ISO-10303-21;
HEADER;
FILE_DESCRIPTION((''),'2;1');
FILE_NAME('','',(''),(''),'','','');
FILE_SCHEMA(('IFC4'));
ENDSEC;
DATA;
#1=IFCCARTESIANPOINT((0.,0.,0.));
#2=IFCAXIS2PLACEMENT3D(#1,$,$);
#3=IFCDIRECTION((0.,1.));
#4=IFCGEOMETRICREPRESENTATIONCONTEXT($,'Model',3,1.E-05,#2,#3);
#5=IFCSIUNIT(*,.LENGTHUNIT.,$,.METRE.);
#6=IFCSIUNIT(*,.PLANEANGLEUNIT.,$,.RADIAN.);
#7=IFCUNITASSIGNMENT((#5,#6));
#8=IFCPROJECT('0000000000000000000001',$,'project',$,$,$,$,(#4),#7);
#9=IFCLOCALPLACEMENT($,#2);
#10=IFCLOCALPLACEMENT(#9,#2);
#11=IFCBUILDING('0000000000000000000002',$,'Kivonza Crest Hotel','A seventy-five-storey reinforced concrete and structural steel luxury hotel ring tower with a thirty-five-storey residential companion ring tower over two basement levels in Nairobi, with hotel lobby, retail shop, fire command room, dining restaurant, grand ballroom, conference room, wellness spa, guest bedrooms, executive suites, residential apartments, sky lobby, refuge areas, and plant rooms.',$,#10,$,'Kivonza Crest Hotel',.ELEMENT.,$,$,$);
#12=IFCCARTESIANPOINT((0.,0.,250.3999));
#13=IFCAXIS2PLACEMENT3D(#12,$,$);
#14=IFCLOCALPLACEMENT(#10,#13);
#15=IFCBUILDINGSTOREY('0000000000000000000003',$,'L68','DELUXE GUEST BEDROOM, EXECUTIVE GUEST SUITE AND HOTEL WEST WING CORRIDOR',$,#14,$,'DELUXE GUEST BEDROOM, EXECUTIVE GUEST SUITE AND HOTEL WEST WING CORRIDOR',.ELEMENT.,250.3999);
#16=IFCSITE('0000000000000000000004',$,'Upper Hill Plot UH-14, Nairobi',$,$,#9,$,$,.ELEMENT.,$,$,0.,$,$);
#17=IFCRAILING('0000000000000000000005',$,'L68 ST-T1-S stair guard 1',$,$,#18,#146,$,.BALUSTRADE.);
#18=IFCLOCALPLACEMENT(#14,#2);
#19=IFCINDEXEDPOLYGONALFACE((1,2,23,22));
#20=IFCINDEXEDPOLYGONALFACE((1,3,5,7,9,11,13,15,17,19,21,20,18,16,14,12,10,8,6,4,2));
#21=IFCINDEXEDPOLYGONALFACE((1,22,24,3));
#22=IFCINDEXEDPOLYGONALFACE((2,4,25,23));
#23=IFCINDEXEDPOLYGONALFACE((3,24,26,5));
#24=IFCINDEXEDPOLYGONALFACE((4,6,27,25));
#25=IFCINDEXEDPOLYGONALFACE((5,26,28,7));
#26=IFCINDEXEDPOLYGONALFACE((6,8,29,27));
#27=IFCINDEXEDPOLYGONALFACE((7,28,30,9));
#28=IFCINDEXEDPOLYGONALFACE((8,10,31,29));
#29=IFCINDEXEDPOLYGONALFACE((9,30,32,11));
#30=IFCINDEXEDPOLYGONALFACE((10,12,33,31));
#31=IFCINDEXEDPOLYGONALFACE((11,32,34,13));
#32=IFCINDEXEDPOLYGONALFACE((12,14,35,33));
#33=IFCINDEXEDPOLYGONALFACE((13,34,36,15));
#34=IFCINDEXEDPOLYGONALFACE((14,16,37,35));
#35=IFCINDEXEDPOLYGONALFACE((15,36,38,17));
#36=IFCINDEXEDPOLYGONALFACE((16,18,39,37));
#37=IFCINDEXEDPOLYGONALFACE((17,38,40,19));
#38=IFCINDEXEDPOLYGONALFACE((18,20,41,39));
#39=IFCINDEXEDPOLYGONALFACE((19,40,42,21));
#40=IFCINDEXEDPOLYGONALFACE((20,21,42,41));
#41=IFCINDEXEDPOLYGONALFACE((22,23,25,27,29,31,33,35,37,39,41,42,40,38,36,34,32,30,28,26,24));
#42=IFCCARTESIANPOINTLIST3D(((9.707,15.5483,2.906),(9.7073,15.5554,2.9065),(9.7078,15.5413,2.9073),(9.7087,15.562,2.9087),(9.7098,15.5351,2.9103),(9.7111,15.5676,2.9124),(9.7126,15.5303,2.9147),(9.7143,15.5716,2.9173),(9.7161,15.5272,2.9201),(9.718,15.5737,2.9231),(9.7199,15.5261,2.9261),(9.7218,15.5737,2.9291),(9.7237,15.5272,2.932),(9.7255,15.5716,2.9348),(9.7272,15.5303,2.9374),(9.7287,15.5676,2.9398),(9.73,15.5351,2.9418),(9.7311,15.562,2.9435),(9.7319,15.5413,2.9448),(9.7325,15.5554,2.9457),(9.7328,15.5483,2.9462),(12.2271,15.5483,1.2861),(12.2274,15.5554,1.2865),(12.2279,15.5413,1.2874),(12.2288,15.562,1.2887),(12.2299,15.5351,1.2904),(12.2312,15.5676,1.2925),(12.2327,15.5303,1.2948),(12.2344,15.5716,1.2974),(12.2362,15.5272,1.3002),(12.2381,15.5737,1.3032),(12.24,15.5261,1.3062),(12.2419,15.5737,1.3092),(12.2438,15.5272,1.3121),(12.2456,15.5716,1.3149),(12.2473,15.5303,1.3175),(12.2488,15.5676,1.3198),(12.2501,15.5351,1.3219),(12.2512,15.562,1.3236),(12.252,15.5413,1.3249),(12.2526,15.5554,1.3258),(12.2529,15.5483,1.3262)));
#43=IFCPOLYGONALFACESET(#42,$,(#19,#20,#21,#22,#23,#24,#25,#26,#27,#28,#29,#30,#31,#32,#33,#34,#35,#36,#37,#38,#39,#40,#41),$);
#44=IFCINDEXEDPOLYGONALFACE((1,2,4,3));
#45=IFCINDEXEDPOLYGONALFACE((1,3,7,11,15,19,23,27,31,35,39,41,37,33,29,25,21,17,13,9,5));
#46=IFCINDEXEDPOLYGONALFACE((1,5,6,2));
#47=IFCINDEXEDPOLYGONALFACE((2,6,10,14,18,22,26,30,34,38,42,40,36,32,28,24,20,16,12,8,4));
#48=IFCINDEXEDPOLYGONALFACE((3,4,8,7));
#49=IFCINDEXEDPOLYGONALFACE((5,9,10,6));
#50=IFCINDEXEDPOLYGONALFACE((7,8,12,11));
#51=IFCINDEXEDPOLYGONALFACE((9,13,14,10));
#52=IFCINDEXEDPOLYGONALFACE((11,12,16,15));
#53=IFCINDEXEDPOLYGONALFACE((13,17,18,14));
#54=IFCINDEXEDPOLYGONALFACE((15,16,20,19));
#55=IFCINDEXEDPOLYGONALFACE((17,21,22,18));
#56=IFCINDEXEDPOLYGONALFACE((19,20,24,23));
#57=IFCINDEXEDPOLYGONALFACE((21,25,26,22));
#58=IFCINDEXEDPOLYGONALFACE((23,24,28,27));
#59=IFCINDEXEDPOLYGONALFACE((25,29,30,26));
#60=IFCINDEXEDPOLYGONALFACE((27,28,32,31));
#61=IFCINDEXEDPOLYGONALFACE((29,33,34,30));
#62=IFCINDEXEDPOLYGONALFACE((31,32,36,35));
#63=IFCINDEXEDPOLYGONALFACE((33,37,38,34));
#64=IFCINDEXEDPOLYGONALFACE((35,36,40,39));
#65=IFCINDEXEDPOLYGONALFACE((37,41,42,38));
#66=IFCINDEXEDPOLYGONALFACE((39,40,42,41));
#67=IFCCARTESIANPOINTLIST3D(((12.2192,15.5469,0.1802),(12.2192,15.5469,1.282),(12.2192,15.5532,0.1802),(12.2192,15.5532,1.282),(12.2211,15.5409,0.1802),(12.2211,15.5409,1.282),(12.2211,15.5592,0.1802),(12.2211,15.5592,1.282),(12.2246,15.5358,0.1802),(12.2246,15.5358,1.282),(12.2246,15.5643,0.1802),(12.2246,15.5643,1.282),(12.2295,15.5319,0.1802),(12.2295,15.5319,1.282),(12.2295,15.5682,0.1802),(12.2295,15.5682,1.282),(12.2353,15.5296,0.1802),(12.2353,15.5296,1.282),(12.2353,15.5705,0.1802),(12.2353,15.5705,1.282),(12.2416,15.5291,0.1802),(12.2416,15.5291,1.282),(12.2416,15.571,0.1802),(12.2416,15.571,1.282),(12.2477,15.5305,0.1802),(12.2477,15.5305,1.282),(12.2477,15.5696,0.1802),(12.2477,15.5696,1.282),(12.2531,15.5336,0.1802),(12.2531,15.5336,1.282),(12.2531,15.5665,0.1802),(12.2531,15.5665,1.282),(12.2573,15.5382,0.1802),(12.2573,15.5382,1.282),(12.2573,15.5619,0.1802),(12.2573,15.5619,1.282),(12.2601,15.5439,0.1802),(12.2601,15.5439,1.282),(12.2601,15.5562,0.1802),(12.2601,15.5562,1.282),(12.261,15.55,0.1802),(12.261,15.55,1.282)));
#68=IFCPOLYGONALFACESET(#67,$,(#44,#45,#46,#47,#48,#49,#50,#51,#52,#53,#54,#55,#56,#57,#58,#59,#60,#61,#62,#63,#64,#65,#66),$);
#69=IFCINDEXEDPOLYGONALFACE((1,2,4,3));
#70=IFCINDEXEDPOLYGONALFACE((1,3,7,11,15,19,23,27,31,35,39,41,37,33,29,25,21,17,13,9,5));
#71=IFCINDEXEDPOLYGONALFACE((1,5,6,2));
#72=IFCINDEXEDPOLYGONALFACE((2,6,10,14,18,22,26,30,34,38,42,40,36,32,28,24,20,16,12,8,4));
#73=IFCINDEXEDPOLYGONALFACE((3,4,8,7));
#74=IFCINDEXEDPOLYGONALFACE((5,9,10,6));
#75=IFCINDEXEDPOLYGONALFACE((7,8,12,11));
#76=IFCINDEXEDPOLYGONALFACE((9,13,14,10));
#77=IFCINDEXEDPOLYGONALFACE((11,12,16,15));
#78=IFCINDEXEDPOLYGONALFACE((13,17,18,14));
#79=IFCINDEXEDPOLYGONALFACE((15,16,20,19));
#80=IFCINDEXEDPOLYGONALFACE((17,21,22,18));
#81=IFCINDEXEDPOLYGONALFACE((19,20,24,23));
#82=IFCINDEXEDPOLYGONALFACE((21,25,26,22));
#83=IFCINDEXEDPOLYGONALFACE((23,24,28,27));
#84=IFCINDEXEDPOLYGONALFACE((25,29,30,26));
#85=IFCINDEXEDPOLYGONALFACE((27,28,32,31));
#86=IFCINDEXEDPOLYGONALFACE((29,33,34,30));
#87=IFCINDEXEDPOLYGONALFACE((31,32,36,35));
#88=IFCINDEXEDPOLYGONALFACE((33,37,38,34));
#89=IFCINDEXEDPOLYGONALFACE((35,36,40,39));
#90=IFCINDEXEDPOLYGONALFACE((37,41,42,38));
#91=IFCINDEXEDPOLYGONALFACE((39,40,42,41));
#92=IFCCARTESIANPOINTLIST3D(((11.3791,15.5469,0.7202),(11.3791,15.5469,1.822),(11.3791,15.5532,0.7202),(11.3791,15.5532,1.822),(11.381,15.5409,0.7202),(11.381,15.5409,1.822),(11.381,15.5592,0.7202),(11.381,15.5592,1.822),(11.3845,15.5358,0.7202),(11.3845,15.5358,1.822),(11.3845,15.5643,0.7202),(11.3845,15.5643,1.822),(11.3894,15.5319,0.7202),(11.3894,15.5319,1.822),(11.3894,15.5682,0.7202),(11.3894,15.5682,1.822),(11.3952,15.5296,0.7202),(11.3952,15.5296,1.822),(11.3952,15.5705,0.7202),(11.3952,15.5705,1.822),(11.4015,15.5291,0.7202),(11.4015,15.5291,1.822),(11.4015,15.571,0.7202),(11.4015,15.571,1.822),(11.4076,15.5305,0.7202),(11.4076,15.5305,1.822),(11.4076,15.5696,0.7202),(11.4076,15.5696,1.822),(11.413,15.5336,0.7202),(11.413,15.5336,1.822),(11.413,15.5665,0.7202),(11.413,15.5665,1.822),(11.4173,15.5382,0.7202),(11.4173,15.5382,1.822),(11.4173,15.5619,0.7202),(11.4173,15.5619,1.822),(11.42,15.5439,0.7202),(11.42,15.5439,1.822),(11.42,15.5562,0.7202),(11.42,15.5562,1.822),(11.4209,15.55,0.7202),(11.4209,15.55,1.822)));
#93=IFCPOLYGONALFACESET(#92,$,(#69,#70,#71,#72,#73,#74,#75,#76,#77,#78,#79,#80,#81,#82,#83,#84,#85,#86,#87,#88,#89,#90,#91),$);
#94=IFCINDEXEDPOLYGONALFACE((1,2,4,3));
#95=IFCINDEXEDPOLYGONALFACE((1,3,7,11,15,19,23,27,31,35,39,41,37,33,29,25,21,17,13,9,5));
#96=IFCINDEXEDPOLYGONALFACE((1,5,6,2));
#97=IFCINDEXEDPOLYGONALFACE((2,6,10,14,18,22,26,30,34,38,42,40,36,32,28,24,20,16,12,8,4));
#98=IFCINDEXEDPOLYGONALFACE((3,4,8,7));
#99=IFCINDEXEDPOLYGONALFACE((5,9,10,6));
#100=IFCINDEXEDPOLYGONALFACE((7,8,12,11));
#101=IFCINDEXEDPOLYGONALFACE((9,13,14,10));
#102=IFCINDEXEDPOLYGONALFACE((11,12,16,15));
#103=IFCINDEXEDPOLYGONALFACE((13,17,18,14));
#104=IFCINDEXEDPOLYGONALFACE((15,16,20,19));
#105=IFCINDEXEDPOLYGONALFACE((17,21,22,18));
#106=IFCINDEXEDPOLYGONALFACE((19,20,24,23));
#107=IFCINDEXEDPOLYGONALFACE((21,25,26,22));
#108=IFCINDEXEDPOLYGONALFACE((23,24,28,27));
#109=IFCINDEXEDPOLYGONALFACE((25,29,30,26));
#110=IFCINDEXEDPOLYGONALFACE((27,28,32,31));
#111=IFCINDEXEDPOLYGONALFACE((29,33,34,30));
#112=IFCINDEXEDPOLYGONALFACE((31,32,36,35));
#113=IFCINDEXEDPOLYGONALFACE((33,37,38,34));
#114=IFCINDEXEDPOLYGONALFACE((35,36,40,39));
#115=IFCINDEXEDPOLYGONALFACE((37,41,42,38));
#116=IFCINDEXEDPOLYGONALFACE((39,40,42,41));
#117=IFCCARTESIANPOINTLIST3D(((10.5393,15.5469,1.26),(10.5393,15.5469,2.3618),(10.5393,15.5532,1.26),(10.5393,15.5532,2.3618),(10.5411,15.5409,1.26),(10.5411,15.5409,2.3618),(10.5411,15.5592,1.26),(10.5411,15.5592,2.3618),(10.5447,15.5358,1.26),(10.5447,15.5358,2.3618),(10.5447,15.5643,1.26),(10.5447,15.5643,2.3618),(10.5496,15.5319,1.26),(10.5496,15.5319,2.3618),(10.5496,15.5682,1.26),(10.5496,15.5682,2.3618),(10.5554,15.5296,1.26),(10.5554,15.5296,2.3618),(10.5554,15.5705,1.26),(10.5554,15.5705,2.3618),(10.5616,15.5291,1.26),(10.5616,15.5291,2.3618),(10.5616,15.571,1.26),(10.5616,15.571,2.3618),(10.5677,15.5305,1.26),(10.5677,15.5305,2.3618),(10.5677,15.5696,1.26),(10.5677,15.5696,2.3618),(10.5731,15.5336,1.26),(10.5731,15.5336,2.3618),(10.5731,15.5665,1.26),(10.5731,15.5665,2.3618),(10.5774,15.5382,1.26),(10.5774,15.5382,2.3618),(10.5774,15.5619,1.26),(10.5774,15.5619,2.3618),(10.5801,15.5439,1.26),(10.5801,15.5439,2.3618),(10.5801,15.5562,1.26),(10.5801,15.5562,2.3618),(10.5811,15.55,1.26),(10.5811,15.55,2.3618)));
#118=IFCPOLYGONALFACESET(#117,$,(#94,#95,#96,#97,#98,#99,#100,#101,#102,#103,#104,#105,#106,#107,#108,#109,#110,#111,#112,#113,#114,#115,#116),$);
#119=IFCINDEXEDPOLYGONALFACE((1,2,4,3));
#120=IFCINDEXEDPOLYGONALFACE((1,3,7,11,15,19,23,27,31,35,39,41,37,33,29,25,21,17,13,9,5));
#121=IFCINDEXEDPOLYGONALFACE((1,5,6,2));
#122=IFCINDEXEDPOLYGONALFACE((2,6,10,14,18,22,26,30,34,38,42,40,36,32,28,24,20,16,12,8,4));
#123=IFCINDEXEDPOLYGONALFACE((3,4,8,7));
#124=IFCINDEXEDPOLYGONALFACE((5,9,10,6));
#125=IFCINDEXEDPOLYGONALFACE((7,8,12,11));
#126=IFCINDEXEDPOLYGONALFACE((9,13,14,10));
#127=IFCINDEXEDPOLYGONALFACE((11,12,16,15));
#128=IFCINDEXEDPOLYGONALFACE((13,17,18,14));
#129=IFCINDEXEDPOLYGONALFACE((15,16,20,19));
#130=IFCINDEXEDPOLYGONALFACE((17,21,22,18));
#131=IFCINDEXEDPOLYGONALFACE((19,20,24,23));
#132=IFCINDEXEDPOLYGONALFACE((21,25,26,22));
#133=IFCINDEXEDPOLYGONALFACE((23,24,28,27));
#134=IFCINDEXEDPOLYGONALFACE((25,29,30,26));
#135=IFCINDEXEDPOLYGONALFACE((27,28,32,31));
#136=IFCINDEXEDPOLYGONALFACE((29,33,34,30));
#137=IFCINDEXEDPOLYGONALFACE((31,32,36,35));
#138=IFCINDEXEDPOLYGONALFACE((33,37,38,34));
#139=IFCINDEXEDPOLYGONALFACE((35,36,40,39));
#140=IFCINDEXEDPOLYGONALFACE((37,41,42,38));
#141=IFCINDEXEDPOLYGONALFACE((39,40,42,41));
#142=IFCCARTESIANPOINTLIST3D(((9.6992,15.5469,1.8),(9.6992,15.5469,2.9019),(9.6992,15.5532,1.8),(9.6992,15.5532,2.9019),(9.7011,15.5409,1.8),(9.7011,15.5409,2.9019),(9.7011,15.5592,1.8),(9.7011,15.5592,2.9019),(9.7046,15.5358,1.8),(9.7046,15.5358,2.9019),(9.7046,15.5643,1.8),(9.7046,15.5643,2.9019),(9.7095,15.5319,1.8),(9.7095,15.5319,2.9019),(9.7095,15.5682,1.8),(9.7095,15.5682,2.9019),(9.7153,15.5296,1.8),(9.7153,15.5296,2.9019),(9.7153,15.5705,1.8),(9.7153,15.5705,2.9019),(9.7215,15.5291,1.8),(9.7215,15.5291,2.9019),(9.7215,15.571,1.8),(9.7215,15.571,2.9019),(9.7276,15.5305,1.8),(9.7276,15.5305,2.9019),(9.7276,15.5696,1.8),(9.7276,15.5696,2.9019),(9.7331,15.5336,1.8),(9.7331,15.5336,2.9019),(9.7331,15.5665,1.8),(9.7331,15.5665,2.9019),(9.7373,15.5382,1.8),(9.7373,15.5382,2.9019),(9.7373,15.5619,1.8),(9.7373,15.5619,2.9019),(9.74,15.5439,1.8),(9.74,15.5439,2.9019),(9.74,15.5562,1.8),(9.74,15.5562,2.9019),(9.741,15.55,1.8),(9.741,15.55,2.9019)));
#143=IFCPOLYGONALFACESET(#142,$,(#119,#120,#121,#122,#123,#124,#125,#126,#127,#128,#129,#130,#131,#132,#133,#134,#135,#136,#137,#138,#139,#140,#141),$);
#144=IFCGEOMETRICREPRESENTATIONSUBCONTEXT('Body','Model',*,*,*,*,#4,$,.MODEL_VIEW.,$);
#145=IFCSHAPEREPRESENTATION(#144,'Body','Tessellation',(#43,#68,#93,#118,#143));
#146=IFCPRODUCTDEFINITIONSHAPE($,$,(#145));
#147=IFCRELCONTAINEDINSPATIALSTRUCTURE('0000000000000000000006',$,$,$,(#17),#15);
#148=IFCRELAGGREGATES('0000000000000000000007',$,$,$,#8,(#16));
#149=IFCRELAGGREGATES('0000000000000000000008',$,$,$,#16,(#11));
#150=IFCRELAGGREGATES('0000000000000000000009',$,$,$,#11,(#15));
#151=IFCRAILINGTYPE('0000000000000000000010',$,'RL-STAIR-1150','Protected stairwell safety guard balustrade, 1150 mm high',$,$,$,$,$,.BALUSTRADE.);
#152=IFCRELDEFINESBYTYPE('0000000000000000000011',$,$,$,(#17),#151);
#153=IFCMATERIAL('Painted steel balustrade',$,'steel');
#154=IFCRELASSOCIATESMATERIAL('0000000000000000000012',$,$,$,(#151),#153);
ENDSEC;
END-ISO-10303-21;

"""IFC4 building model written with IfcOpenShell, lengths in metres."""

from ifc_helpers import new_model, si_unit, direction, frame, origin, origin_2d, place, context, subcontext, project, spatial, circle, extrude, material, type_object, element, save


model = new_model("IFC4")

# Units and contexts
model_context = context("Model", 3, precision=1e-05, world=origin(), true_north=direction((0.0, 1.0)))
body_context = subcontext(model_context, "Body", "Model", "MODEL_VIEW")
ifc_project = project(units=[si_unit("LENGTHUNIT", "METRE"), si_unit("PLANEANGLEUNIT", "RADIAN")], contexts=[model_context])

# Site, building, storey
site_placement = place(None, origin())
site = spatial("IfcSite", under=ifc_project, at=site_placement, Name="Upper Hill Plot UH-14, Nairobi", CompositionType="ELEMENT", RefElevation=0.0)
building_placement = place(site_placement, origin())
building = spatial("IfcBuilding", under=site, at=building_placement, Name="Kivonza Crest Hotel", Description="A seventy-five-storey reinforced concrete and structural steel luxury hotel ring tower with a thirty-five-storey residential companion ring tower over two basement levels in Nairobi, with hotel lobby, retail shop, fire command room, dining restaurant, grand ballroom, conference room, wellness spa, guest bedrooms, executive suites, residential apartments, sky lobby, refuge areas, and plant rooms.", LongName="Kivonza Crest Hotel", CompositionType="ELEMENT")
storey_placement = place(building_placement, frame((0.0, 0.0, 250.3999)))
storey = spatial("IfcBuildingStorey", under=building, at=storey_placement, Name="L68", Description="DELUXE GUEST BEDROOM, EXECUTIVE GUEST SUITE AND HOTEL WEST WING CORRIDOR", LongName="DELUXE GUEST BEDROOM, EXECUTIVE GUEST SUITE AND HOTEL WEST WING CORRIDOR", CompositionType="ELEMENT", Elevation=250.3999)

# Railing
ifc_material_1 = material(Name="Painted steel balustrade", Category="steel")
railing_type_1 = type_object("IfcRailingType", Name="RL-STAIR-1150", Description="Protected stairwell safety guard balustrade, 1150 mm high", PredefinedType="BALUSTRADE", material=ifc_material_1)
railing_1_placement = place(storey_placement, frame((12.24, 15.55, 0.1802)))
element("IfcRailing", 1, at=railing_1_placement, inside=storey, type_object=railing_type_1, Name="L68 ST-T1-S stair guard 1", PredefinedType="BALUSTRADE", context=body_context, shape_type="SweptSolid", body=[
    extrude(circle(Radius=0.0239, at=origin_2d()), frame((0.0, 0.0, 1.126), z_axis=(-0.8412, 0.0, 0.540725), x_axis=(0.0, -1.0, 0.0)), (0.0, 0.0, 1.0), 2.9958),
    extrude(circle(Radius=0.021, at=origin_2d()), origin(), (0.0, 0.0, 1.0), 1.1018),
    extrude(circle(Radius=0.021, at=origin_2d()), frame((-0.8401, 0.0, 0.54)), (0.0, 0.0, 1.0), 1.1018),
    extrude(circle(Radius=0.021, at=origin_2d()), frame((-1.6799, 0.0, 1.0798)), (0.0, 0.0, 1.0), 1.1018),
    extrude(circle(Radius=0.021, at=origin_2d()), frame((-2.52, 0.0, 1.6199)), (0.0, 0.0, 1.0), 1.1018),
])

save(model, "model.ifc")
